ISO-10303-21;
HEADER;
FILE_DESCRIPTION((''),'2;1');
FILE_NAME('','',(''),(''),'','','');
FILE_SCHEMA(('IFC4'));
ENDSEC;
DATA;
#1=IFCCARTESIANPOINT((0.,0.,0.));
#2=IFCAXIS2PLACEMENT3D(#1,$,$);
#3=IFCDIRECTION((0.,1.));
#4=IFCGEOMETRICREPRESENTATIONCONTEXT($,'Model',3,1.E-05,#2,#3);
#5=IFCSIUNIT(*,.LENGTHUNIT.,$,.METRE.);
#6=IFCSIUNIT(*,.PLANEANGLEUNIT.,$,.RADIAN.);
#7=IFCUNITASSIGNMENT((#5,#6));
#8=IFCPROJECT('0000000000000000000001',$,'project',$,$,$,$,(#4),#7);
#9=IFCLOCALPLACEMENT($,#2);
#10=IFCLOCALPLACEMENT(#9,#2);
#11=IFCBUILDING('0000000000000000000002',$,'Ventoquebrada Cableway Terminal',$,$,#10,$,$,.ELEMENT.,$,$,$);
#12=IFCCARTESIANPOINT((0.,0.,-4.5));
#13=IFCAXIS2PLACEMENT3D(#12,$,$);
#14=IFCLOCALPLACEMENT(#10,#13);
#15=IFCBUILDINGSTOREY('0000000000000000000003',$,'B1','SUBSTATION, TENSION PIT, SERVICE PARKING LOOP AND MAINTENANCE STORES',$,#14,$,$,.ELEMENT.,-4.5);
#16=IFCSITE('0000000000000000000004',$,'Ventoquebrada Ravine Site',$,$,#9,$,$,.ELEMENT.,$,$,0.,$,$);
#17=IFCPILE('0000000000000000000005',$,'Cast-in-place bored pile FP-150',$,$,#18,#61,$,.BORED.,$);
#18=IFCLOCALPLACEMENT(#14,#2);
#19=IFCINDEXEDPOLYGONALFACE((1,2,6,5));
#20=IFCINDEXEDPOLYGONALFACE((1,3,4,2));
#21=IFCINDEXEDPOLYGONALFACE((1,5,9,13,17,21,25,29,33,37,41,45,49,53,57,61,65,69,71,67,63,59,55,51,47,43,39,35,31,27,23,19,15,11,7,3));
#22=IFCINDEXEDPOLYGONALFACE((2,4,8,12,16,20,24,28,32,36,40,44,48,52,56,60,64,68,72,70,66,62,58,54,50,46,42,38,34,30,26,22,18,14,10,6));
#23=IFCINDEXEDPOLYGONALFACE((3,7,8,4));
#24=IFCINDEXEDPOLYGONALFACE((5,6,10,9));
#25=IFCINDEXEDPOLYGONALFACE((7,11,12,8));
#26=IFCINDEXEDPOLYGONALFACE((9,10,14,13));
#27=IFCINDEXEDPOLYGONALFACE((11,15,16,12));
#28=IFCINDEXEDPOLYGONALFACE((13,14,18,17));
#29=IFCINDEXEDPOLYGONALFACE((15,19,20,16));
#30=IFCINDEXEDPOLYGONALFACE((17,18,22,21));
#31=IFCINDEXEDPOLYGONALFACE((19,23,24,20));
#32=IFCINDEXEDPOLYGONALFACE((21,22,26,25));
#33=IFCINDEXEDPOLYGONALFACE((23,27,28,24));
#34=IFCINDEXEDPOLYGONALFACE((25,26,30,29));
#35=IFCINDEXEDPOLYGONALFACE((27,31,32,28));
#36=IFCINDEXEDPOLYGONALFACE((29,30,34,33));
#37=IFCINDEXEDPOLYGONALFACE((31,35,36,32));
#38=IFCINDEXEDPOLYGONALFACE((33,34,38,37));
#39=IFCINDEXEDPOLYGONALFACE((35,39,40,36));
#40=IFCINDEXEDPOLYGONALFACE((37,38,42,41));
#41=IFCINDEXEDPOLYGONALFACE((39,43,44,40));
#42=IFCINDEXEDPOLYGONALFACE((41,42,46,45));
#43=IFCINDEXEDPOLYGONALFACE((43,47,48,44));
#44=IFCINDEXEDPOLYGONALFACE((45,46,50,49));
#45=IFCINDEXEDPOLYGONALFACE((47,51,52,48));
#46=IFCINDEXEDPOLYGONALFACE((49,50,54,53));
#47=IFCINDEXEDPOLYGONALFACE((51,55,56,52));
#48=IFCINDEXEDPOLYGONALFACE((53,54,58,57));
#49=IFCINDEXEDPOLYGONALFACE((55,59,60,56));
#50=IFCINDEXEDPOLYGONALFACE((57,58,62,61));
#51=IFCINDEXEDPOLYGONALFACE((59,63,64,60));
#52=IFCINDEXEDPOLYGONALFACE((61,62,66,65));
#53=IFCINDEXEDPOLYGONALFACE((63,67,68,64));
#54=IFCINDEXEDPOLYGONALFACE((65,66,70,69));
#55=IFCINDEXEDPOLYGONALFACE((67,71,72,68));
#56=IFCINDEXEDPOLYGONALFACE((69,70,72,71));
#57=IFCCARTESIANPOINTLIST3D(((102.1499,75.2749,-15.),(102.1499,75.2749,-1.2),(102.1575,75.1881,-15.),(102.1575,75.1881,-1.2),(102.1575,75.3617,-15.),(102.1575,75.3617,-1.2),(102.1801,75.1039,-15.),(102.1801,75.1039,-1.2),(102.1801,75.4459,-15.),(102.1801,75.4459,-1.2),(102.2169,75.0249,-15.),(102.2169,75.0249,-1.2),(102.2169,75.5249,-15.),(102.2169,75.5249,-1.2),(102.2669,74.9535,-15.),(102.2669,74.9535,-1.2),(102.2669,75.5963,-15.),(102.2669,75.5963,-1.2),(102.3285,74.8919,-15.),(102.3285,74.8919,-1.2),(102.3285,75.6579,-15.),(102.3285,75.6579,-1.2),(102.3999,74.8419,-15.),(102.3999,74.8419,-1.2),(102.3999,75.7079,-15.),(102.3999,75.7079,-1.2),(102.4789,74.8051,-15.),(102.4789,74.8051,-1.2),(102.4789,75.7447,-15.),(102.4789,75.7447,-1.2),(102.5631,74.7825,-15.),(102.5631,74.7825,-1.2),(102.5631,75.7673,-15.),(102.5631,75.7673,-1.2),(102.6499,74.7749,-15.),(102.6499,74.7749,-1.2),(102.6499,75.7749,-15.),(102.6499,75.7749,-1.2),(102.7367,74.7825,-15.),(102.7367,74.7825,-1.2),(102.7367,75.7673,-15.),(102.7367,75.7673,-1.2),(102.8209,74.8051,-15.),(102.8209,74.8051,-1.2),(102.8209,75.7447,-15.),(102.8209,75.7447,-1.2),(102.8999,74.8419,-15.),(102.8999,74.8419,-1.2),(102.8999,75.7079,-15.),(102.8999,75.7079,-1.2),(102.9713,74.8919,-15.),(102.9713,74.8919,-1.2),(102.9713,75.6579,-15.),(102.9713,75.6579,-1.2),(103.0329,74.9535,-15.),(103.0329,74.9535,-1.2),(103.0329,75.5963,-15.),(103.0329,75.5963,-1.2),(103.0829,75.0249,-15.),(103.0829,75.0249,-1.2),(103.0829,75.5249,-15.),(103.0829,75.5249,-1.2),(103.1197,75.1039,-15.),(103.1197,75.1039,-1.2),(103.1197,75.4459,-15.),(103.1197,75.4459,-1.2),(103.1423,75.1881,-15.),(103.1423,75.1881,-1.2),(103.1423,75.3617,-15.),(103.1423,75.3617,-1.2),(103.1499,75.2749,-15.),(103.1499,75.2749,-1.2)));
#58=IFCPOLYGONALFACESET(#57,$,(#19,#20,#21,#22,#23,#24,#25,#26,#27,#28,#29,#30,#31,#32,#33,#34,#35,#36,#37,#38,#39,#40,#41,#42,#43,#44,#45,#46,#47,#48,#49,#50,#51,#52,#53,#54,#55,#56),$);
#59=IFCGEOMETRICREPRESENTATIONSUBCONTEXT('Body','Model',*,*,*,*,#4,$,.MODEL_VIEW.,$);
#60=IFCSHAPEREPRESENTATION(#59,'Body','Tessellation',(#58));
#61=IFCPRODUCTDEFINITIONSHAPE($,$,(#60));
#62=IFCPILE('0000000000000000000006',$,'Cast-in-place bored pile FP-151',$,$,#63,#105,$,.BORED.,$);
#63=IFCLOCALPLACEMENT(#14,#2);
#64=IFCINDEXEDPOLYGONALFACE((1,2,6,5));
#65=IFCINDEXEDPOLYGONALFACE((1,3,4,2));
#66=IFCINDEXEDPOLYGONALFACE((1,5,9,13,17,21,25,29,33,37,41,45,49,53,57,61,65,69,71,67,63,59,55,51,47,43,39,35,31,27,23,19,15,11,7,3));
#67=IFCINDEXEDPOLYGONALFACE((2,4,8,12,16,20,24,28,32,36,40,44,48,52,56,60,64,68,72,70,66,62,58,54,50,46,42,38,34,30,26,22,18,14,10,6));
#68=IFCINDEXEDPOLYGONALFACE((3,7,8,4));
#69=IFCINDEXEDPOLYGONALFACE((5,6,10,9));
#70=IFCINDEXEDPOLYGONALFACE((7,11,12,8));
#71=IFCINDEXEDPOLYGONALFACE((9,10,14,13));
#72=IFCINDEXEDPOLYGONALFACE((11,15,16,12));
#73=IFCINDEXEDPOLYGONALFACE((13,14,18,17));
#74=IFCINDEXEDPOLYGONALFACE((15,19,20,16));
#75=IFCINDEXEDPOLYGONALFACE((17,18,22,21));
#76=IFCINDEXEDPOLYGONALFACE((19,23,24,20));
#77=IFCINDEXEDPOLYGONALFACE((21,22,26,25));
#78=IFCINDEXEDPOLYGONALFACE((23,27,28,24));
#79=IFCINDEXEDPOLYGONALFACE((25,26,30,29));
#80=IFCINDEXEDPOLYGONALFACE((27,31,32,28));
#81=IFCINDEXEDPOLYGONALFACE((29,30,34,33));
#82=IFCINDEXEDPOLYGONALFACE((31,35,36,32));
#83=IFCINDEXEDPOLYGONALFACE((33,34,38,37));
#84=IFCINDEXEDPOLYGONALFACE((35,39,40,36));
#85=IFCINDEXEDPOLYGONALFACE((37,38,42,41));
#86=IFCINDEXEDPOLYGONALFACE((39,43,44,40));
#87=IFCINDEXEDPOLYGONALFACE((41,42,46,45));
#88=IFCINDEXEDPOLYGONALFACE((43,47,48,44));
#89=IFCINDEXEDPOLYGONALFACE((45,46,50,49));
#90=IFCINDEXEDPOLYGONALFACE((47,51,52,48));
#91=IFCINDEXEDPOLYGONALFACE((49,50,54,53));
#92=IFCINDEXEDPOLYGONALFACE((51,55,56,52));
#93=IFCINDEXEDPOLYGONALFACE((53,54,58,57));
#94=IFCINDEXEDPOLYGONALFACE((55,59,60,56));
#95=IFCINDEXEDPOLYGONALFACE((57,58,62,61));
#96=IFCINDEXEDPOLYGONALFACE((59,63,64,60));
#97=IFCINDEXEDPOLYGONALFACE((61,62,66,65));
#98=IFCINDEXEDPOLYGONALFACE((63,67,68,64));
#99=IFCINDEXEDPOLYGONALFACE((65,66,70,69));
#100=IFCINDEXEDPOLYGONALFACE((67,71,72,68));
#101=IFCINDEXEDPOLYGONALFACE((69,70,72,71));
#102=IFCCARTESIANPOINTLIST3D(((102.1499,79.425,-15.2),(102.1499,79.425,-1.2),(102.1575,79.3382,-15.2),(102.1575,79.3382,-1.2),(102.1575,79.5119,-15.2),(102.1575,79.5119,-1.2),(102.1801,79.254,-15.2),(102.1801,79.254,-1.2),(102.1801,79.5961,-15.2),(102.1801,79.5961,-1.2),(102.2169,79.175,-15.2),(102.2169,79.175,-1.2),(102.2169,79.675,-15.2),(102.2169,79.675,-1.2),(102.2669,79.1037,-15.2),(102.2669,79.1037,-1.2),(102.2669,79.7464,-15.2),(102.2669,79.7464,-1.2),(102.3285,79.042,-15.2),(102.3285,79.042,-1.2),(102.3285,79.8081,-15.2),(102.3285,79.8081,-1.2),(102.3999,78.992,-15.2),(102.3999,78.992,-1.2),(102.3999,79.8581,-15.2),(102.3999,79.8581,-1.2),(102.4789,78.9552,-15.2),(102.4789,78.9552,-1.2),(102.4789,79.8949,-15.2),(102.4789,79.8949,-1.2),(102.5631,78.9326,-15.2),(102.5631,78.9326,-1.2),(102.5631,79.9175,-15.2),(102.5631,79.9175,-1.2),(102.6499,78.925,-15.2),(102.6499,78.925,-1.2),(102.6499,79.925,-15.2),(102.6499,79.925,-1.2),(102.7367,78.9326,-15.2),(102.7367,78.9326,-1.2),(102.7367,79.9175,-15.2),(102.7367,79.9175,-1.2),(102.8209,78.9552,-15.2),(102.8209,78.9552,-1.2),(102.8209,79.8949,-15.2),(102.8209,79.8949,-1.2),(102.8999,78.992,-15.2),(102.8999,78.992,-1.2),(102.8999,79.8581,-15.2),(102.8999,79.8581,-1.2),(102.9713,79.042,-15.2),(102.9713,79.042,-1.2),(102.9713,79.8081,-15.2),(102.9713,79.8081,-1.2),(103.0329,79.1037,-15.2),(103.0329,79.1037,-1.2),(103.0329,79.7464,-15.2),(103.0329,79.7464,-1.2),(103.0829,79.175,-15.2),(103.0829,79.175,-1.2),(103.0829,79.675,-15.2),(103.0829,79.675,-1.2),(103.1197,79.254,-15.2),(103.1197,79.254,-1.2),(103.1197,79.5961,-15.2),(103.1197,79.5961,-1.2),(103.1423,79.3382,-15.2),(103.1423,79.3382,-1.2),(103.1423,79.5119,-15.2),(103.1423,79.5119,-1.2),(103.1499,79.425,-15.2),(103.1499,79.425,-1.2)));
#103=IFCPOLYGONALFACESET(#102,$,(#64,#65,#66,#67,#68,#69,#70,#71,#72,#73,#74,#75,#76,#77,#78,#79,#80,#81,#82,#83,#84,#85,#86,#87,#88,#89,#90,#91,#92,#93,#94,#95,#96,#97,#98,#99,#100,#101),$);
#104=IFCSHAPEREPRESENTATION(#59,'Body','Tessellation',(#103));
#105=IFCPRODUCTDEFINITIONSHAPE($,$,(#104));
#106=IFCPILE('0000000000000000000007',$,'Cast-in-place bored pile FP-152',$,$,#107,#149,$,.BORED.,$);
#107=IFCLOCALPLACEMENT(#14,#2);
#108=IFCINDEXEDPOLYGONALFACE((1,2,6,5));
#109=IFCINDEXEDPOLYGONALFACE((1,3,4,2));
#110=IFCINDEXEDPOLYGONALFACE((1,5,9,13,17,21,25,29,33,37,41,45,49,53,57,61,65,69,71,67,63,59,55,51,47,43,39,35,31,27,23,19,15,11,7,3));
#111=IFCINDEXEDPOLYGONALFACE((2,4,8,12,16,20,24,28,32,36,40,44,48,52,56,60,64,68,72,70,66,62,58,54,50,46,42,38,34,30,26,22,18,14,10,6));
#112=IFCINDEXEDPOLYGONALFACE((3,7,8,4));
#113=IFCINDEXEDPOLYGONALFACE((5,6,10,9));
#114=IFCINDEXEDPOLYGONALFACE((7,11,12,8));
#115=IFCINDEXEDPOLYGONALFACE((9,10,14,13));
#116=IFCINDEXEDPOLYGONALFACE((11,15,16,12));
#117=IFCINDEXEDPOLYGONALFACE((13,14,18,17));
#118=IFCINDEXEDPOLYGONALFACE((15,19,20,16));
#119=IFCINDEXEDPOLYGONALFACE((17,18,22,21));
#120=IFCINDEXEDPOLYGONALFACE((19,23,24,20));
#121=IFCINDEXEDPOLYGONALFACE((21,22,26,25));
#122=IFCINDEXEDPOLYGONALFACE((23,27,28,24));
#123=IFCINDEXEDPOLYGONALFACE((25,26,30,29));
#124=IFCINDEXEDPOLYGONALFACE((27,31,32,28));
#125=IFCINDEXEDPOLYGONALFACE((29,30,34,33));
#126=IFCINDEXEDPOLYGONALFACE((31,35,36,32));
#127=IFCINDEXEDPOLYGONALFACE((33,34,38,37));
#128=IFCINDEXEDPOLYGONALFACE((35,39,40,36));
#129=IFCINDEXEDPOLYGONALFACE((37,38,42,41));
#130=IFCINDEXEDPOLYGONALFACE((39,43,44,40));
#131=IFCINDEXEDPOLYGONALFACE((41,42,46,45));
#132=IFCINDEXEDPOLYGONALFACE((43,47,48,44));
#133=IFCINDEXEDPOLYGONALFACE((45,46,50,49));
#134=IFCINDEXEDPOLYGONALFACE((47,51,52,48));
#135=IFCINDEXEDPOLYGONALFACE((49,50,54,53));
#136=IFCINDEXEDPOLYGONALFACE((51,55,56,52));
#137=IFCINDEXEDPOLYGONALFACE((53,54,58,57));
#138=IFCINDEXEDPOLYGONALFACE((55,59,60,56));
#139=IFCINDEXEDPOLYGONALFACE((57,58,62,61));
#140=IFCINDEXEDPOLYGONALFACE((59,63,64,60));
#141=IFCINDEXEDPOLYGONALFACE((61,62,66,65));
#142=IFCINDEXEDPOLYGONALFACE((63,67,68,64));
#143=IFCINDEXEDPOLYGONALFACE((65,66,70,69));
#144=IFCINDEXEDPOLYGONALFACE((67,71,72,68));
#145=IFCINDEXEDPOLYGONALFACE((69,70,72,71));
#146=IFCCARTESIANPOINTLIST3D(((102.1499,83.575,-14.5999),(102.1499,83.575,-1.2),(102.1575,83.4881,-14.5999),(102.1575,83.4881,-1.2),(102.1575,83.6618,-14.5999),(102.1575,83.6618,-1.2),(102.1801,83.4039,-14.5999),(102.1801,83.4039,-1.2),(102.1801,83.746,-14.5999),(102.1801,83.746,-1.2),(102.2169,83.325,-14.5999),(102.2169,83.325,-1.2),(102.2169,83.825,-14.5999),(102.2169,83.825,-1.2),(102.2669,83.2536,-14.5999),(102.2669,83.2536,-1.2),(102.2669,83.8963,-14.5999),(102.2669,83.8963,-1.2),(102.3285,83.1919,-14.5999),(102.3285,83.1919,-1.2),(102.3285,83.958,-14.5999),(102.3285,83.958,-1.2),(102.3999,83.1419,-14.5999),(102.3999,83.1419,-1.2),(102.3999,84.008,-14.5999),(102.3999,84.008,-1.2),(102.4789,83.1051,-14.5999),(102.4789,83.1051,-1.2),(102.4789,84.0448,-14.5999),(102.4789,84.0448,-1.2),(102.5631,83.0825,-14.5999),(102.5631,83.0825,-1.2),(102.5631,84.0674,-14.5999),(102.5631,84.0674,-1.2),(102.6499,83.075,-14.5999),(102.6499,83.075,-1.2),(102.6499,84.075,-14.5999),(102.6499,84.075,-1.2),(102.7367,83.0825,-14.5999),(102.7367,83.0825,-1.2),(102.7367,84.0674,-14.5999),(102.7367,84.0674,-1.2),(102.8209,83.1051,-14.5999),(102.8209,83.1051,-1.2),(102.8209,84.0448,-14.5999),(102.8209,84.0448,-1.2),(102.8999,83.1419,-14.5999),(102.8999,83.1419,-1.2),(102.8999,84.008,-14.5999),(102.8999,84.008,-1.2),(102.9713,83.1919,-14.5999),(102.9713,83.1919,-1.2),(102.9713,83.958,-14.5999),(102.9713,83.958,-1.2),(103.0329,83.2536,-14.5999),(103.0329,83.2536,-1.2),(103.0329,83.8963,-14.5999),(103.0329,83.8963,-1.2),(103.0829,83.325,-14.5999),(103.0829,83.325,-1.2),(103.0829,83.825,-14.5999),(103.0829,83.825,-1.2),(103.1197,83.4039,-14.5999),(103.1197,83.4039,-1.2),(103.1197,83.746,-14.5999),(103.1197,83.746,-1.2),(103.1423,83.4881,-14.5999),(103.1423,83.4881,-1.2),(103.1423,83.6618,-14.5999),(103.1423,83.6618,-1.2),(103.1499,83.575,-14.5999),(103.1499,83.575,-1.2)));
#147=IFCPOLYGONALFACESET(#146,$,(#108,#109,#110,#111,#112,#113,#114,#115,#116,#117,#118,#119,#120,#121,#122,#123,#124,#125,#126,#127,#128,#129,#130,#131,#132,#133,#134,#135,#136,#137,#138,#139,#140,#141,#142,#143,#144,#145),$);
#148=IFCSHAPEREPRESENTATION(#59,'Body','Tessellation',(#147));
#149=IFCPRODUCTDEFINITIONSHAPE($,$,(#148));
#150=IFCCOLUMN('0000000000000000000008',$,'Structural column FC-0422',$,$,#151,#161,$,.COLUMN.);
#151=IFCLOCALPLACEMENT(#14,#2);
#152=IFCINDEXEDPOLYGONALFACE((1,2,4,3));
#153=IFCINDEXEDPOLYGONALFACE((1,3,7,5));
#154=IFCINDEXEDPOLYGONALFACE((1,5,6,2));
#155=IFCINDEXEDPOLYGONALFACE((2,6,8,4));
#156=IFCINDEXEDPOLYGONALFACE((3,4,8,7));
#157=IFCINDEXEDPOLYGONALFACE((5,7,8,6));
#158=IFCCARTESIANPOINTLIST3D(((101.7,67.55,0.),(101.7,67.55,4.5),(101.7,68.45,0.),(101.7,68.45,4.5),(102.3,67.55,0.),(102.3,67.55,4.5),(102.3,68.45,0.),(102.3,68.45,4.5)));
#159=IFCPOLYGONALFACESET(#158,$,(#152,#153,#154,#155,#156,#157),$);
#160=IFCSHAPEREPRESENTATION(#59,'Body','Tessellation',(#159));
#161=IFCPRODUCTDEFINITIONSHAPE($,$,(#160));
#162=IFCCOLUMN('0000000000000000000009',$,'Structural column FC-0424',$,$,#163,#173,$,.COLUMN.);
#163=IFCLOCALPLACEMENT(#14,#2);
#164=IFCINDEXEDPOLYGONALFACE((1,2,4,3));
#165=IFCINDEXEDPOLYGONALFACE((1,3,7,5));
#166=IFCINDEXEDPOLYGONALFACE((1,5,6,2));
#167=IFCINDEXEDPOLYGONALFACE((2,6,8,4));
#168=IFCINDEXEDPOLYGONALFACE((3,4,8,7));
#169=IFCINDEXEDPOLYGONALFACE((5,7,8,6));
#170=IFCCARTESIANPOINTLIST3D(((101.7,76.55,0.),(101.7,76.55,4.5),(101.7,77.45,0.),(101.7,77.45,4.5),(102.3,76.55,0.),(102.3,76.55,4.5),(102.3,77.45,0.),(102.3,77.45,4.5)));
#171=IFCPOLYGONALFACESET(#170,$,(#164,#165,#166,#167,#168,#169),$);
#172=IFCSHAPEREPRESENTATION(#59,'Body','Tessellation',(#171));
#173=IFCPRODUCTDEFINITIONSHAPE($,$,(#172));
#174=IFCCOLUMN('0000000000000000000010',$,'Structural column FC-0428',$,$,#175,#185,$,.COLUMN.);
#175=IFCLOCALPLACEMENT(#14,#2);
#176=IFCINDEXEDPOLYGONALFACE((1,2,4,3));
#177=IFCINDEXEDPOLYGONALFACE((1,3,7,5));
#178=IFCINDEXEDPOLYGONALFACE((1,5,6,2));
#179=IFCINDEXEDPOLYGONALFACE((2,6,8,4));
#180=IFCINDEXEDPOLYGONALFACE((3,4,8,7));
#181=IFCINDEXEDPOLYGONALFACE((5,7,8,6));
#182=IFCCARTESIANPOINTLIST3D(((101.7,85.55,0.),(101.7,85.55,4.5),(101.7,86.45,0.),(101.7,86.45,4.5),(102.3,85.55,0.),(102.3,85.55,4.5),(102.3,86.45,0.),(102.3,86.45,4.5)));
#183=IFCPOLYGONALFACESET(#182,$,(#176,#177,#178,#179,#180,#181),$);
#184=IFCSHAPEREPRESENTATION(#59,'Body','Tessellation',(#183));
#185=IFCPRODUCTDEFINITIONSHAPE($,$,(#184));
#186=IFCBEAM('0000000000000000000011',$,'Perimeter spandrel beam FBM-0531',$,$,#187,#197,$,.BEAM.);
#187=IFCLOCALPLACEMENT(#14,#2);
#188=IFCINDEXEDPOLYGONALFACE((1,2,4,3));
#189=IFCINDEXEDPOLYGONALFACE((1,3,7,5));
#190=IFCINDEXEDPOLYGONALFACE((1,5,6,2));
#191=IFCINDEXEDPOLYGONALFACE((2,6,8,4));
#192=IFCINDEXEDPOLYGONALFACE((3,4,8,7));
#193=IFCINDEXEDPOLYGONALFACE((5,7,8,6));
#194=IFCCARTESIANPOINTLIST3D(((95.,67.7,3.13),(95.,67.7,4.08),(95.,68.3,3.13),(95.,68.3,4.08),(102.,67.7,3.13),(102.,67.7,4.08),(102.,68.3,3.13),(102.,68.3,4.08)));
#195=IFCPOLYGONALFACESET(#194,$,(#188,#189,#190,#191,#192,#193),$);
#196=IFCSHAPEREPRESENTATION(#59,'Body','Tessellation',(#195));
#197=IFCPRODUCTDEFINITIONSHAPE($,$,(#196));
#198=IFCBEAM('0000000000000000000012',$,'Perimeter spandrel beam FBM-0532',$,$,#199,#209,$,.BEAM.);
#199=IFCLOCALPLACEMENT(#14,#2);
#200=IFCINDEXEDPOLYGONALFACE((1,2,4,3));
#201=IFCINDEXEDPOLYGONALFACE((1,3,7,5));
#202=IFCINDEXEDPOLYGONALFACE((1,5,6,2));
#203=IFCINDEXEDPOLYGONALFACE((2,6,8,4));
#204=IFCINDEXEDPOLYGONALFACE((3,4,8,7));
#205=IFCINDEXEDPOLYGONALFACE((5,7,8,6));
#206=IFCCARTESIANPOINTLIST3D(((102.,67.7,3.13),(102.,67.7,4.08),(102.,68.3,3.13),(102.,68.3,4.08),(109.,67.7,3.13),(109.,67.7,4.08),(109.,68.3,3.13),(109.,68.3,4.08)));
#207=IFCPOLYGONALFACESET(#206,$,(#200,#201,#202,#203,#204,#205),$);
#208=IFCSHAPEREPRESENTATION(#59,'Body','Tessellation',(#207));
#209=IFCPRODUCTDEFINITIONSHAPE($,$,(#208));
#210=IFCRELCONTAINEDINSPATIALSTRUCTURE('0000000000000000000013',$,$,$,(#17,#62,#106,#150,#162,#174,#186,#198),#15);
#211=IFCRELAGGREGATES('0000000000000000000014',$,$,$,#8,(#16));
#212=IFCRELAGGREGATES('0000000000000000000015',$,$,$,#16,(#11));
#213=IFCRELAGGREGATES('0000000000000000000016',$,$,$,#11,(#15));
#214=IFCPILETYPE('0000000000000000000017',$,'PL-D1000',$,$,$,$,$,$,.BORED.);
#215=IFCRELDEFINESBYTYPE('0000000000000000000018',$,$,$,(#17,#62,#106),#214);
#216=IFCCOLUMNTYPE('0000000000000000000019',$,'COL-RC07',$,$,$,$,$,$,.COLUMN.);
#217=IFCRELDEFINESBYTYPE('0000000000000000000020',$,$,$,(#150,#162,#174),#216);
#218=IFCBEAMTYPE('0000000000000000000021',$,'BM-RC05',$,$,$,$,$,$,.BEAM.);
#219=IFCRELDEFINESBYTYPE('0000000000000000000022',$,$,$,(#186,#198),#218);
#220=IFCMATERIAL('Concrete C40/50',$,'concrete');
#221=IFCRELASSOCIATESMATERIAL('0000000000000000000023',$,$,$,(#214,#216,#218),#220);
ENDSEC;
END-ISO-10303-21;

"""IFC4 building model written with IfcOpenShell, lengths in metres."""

from ifc_helpers import new_model, si_unit, direction, frame, origin, origin_2d, place, context, subcontext, project, spatial, rectangle, circle, extrude, material, material_profile, profile_set, type_object, element, save


model = new_model("IFC4")

# Units and contexts
model_context = context("Model", 3, precision=1e-05, world=origin(), true_north=direction((0.0, 1.0)))
body_context = subcontext(model_context, "Body", "Model", "MODEL_VIEW")
ifc_project = project(units=[si_unit("LENGTHUNIT", "METRE"), si_unit("PLANEANGLEUNIT", "RADIAN")], contexts=[model_context])

# Site, building, storey
site_placement = place(None, origin())
site = spatial("IfcSite", under=ifc_project, at=site_placement, Name="Ventoquebrada Ravine Site", CompositionType="ELEMENT", RefElevation=0.0)
building_placement = place(site_placement, origin())
building = spatial("IfcBuilding", under=site, at=building_placement, Name="Ventoquebrada Cableway Terminal", CompositionType="ELEMENT")
storey_placement = place(building_placement, frame((0.0, 0.0, -4.5)))
storey = spatial("IfcBuildingStorey", under=building, at=storey_placement, Name="B1", Description="SUBSTATION, TENSION PIT, SERVICE PARKING LOOP AND MAINTENANCE STORES", CompositionType="ELEMENT", Elevation=-4.5)

# Shared definitions
ifc_material_1 = material(Name="Concrete C40/50", Category="concrete")

# Piles
ifc_material_profile_1 = material_profile(ifc_material_1, circle(Radius=0.5, at=origin_2d()), Name="PILE-D1000")
ifc_profile_set_1 = profile_set([ifc_material_profile_1], Name="Concrete C40/50")
pile_type = type_object("IfcPileType", Name="PL-D1000", PredefinedType="BORED", material=ifc_profile_set_1)
pile_1_placement = place(storey_placement, frame((102.6499, 75.2749, -1.2), z_axis=(0.0, 0.0, -1.0), x_axis=(1.0, 0.0, 0.0)))
element("IfcPile", 1, at=pile_1_placement, inside=storey, type_object=pile_type, Name="Cast-in-place bored pile FP-150", PredefinedType="BORED", context=body_context, shape_type="SweptSolid", body=[
    extrude(circle(Radius=0.5, at=origin_2d()), origin(), (0.0, 0.0, 1.0), 13.8),
])
pile_2_placement = place(storey_placement, frame((102.6499, 79.425, -1.2), z_axis=(0.0, 0.0, -1.0), x_axis=(1.0, 0.0, 0.0)))
element("IfcPile", 2, at=pile_2_placement, inside=storey, type_object=pile_type, Name="Cast-in-place bored pile FP-151", PredefinedType="BORED", context=body_context, shape_type="SweptSolid", body=[
    extrude(circle(Radius=0.5, at=origin_2d()), origin(), (0.0, 0.0, 1.0), 14.0),
])
pile_3_placement = place(storey_placement, frame((102.6499, 83.575, -1.2), z_axis=(0.0, 0.0, -1.0), x_axis=(1.0, 0.0, 0.0)))
element("IfcPile", 3, at=pile_3_placement, inside=storey, type_object=pile_type, Name="Cast-in-place bored pile FP-152", PredefinedType="BORED", context=body_context, shape_type="SweptSolid", body=[
    extrude(circle(Radius=0.5, at=origin_2d()), origin(), (0.0, 0.0, 1.0), 13.3999),
])

# Columns
ifc_material_profile_2 = material_profile(ifc_material_1, rectangle(XDim=0.6001, YDim=0.8999, at=origin_2d()), Name="RC-COL-900X600")
ifc_profile_set_2 = profile_set([ifc_material_profile_2], Name="Concrete C40/50")
column_type = type_object("IfcColumnType", Name="COL-RC07", PredefinedType="COLUMN", material=ifc_profile_set_2)
for number, where, z_axis, x_axis, name in (
    (4, (102.0, 68.0, 0.0), (0.0, 0.0, 1.0), (1.0, 0.0, 0.0), "Structural column FC-0422"),
    (5, (102.0, 77.0, 0.0), (0.0, 0.0, 1.0), (1.0, 0.0, 0.0), "Structural column FC-0424"),
    (6, (102.0, 86.0, 0.0), (0.0, 0.0, 1.0), (1.0, 0.0, 0.0), "Structural column FC-0428"),
):
    element("IfcColumn", number, at=place(storey_placement, frame(where, z_axis=z_axis, x_axis=x_axis)), inside=storey, type_object=column_type, Name=name, PredefinedType="COLUMN", context=body_context, shape_type="SweptSolid", body=[
        extrude(rectangle(XDim=0.6001, YDim=0.8999, at=origin_2d()), origin(), (0.0, 0.0, 1.0), 4.5),
    ])

# Beams
ifc_material_profile_3 = material_profile(ifc_material_1, rectangle(XDim=0.6001, YDim=0.95, at=origin_2d()), Name="RC-BM-600X950")
ifc_profile_set_3 = profile_set([ifc_material_profile_3], Name="Concrete C40/50")
beam_type_1 = type_object("IfcBeamType", Name="BM-RC05", PredefinedType="BEAM", material=ifc_profile_set_3)
for number, where, z_axis, x_axis, name in (
    (7, (95.0, 68.0, 3.605), (1.0, 0.0, 0.0), (0.0, 1.0, 0.0), "Perimeter spandrel beam FBM-0531"),
    (8, (102.0, 68.0, 3.605), (1.0, 0.0, 0.0), (0.0, 1.0, 0.0), "Perimeter spandrel beam FBM-0532"),
):
    element("IfcBeam", number, at=place(storey_placement, frame(where, z_axis=z_axis, x_axis=x_axis)), inside=storey, type_object=beam_type_1, Name=name, PredefinedType="BEAM", context=body_context, shape_type="SweptSolid", body=[
        extrude(rectangle(XDim=0.6001, YDim=0.95, at=origin_2d()), origin(), (0.0, 0.0, 1.0), 7.0),
    ])

save(model, "model.ifc")
